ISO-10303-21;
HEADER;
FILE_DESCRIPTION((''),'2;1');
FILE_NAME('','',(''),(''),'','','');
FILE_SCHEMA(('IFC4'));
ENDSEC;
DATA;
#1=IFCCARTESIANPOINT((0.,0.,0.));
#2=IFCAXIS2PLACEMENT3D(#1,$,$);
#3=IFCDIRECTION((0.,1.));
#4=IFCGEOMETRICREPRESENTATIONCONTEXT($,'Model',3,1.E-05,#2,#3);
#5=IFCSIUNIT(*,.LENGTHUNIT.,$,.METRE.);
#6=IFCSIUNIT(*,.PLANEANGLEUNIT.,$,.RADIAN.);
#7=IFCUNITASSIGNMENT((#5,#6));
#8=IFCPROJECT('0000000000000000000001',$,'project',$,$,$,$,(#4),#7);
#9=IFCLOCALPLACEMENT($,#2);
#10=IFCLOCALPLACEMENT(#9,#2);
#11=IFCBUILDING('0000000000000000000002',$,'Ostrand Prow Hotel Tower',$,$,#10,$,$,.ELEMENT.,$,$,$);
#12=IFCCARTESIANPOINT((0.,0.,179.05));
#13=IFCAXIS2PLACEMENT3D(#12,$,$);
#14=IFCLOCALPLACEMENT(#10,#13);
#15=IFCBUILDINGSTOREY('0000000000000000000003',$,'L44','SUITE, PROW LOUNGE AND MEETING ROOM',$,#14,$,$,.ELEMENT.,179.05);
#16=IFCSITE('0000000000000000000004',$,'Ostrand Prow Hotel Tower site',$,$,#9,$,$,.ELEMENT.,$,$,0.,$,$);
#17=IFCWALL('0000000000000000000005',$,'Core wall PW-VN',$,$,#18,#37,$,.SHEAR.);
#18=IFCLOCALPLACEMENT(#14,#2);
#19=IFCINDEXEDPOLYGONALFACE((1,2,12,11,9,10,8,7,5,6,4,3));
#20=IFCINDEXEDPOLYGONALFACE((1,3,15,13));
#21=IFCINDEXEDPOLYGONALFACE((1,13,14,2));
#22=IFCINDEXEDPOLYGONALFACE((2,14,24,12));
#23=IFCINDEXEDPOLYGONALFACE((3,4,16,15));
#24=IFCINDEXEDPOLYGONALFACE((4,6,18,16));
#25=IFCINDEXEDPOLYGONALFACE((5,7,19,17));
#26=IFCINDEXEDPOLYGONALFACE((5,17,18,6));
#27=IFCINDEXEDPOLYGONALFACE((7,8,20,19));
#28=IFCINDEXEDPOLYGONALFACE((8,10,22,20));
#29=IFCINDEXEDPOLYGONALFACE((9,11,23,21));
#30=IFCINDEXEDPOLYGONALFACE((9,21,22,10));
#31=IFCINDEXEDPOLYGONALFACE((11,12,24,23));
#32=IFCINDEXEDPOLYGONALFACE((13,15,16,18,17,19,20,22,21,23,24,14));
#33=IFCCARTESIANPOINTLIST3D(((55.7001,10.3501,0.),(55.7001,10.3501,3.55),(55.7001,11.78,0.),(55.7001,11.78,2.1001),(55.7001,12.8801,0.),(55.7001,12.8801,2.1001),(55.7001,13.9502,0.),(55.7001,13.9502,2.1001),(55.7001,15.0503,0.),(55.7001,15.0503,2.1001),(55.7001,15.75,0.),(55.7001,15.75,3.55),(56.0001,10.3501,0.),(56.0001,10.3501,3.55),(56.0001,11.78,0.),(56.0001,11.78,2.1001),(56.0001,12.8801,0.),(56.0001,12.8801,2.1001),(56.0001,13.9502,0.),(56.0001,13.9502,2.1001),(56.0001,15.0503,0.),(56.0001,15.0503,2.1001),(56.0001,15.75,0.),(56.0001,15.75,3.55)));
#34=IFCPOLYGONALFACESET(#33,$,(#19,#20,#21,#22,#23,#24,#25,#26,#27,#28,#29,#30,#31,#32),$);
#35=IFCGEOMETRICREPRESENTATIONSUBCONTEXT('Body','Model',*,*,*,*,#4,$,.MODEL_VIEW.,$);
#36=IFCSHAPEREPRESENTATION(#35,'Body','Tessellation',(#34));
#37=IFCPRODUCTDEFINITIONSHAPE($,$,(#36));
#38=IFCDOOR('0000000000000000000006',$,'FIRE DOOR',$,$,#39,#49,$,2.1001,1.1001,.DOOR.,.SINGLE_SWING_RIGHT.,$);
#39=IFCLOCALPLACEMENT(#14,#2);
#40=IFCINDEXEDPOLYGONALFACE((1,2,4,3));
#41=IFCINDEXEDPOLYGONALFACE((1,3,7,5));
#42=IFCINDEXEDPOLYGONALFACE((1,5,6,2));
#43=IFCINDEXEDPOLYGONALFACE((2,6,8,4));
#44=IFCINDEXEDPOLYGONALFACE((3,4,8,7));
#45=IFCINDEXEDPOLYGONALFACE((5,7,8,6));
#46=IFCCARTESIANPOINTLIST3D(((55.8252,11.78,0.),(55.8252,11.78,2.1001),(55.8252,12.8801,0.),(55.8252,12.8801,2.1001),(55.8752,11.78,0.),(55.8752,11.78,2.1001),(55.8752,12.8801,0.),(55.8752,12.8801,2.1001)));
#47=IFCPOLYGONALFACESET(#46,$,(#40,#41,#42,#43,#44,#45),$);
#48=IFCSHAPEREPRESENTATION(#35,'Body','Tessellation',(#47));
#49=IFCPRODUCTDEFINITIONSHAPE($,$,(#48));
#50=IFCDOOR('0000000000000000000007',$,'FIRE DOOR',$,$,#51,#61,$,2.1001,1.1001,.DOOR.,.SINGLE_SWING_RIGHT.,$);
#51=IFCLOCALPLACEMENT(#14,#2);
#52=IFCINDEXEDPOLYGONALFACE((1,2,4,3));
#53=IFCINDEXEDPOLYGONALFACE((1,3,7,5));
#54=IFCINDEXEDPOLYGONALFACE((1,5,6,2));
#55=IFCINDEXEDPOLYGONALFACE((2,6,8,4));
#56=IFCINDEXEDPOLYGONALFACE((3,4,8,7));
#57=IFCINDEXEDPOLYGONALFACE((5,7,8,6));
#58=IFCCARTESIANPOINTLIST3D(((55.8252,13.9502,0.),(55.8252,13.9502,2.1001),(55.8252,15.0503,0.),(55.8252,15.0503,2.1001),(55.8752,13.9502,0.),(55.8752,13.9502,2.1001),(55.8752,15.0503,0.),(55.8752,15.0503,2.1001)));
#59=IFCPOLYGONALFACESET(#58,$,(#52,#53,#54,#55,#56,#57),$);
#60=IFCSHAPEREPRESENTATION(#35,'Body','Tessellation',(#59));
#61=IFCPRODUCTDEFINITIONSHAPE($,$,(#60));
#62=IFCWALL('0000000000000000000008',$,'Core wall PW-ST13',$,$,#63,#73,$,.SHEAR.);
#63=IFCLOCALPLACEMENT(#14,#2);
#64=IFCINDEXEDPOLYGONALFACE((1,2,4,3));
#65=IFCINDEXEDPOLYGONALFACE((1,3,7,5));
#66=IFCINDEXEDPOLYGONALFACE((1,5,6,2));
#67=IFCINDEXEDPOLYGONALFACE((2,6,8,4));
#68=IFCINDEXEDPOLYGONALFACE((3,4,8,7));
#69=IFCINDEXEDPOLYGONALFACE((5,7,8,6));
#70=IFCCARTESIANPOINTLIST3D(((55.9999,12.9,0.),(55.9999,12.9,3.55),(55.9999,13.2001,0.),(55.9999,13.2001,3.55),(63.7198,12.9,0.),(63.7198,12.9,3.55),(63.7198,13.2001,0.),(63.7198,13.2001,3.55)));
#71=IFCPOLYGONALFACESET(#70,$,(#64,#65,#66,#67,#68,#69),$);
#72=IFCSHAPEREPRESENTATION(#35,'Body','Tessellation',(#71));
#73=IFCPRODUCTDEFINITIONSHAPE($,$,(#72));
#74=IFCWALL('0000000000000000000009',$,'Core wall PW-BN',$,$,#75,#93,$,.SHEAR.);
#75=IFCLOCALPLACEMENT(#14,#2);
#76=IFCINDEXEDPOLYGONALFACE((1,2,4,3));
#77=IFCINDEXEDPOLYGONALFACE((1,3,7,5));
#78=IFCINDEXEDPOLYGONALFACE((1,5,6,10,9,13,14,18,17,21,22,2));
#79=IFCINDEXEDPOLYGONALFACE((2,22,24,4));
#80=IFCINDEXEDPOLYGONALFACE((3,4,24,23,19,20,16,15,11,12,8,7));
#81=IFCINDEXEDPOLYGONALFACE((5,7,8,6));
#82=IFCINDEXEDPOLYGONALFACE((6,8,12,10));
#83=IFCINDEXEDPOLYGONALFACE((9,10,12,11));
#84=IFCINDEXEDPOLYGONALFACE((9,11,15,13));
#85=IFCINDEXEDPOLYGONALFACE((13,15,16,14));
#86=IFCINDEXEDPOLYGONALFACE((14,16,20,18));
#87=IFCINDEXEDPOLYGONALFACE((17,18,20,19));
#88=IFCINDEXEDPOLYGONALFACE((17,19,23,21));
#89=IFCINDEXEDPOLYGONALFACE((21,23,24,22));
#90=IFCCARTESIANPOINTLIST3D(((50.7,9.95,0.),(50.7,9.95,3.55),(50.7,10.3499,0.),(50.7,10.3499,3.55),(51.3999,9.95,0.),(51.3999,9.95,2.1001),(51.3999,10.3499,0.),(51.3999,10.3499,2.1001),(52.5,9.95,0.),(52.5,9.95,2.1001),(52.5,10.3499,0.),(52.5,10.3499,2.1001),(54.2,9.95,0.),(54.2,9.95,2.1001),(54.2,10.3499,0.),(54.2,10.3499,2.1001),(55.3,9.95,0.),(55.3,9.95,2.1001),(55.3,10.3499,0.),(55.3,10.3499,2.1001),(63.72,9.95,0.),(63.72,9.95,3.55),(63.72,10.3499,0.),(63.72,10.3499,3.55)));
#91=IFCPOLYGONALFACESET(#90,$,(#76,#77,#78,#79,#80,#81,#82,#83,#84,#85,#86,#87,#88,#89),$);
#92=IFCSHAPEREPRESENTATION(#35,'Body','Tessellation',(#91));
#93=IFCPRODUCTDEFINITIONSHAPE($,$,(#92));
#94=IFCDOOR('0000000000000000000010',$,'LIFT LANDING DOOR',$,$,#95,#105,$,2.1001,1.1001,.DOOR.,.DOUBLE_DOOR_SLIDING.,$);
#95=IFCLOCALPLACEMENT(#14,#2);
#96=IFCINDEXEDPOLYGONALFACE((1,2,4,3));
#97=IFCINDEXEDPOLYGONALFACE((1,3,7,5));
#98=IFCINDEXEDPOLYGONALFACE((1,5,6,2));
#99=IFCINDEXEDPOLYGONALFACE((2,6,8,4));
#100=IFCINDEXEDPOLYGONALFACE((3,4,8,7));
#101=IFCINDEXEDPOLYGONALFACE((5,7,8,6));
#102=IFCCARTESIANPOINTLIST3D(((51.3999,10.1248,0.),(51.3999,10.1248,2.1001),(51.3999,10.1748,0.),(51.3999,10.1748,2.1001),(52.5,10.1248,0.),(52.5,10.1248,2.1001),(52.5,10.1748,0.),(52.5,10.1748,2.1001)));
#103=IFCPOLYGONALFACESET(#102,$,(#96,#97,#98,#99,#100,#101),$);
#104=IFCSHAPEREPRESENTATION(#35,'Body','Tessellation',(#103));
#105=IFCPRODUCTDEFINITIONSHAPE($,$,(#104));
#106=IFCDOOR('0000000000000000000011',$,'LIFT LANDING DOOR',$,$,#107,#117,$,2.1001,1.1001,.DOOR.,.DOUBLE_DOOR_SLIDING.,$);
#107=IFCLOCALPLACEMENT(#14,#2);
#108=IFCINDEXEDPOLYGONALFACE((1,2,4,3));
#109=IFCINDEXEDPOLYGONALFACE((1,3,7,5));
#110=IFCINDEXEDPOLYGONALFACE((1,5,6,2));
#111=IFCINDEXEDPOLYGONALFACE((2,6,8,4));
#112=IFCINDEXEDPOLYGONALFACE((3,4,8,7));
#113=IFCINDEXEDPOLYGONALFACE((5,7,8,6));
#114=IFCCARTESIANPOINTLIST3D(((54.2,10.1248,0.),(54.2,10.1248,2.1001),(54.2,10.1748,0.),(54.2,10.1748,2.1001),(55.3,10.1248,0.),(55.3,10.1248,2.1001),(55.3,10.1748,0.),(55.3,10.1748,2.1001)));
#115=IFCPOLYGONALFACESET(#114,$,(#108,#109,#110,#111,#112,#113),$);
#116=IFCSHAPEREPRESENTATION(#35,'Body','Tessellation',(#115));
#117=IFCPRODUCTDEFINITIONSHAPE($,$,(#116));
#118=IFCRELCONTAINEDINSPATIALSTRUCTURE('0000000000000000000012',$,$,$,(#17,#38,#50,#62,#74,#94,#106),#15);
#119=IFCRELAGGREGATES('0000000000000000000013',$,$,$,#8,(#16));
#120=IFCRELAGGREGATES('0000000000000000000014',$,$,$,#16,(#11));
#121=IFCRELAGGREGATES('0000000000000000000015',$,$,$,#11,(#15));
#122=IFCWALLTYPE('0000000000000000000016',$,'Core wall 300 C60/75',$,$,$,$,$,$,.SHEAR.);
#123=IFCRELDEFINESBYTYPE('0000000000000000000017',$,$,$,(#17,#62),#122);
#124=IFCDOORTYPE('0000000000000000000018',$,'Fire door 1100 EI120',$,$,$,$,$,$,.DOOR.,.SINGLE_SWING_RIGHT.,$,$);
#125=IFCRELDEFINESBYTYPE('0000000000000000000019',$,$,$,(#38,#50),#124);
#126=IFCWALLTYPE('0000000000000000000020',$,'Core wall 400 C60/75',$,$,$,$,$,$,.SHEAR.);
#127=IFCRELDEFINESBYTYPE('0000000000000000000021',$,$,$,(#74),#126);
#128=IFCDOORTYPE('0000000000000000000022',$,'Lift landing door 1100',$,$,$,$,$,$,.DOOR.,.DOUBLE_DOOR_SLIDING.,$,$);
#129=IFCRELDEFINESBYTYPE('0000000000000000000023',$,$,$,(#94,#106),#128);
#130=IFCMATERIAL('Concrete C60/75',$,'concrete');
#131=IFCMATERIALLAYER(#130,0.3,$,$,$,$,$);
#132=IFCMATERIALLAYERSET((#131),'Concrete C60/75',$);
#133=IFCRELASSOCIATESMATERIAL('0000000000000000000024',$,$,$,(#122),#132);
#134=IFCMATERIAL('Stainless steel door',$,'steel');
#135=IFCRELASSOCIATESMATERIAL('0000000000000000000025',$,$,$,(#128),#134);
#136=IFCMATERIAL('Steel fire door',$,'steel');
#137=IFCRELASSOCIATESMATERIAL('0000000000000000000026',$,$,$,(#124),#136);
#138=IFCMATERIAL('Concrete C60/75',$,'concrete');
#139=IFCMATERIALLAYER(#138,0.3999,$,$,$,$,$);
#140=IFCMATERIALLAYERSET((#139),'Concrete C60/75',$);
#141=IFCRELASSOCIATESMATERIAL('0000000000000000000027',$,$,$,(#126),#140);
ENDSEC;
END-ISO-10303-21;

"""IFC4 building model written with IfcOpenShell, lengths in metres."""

from ifc_helpers import new_model, si_unit, direction, frame, frame_2d, origin, place, context, subcontext, project, spatial, rectangle, extrude, material, layer, layer_set, type_object, element, fill, save


model = new_model("IFC4")

# Units and contexts
model_context = context("Model", 3, precision=1e-05, world=origin(), true_north=direction((0.0, 1.0)))
body_context = subcontext(model_context, "Body", "Model", "MODEL_VIEW")
ifc_project = project(units=[si_unit("LENGTHUNIT", "METRE"), si_unit("PLANEANGLEUNIT", "RADIAN")], contexts=[model_context])

# Site, building, storey
site_placement = place(None, origin())
site = spatial("IfcSite", under=ifc_project, at=site_placement, Name="Ostrand Prow Hotel Tower site", CompositionType="ELEMENT", RefElevation=0.0)
building_placement = place(site_placement, origin())
building = spatial("IfcBuilding", under=site, at=building_placement, Name="Ostrand Prow Hotel Tower", CompositionType="ELEMENT")
storey_placement = place(building_placement, frame((0.0, 0.0, 179.05)))
storey = spatial("IfcBuildingStorey", under=building, at=storey_placement, Name="L44", Description="SUITE, PROW LOUNGE AND MEETING ROOM", CompositionType="ELEMENT", Elevation=179.05)

# Shared definitions
ifc_material_1 = material(Name="Concrete C60/75", Category="concrete")
ifc_layer_1 = layer(ifc_material_1, 0.3)
ifc_layer_set_1 = layer_set([ifc_layer_1], Name="Concrete C60/75")
wall_type_1 = type_object("IfcWallType", Name="Core wall 300 C60/75", PredefinedType="SHEAR", material=ifc_layer_set_1)
ifc_material_2 = material(Name="Stainless steel door", Category="steel")
door_type_1 = type_object("IfcDoorType", Name="Lift landing door 1100", OperationType="DOUBLE_DOOR_SLIDING", PredefinedType="DOOR", material=ifc_material_2)

# Wall, openings, doors
wall_1_placement = place(storey_placement, frame((55.8501, 10.3501, 0.0), z_axis=(0.0, 0.0, 1.0), x_axis=(0.0, 1.0, 0.0)))
wall_1 = element("IfcWall", 1, at=wall_1_placement, inside=storey, type_object=wall_type_1, Name="Core wall PW-VN", PredefinedType="SHEAR", context=body_context, shape_type="SweptSolid", body=[
    extrude(rectangle(XDim=5.3999, YDim=0.3, at=frame_2d((2.7, 0.0))), origin(), (0.0, 0.0, 1.0), 3.55),
])
opening_1_placement = place(wall_1_placement, frame((1.4299, 0.0, 0.0)))
opening_1 = element("IfcOpeningElement", 2, at=opening_1_placement, cuts=wall_1, PredefinedType="OPENING", context=body_context, shape_type="SweptSolid", body=[
    extrude(rectangle(XDim=1.1001, YDim=2.1001, at=frame_2d((0.55, 1.05))), frame((0.0, 0.1599, 0.0), z_axis=(0.0, -1.0, 0.0), x_axis=(1.0, 0.0, 0.0)), (0.0, 0.0, 1.0), 0.3201),
])
opening_2_placement = place(wall_1_placement, frame((3.6001, 0.0, 0.0)))
opening_2 = element("IfcOpeningElement", 3, at=opening_2_placement, cuts=wall_1, PredefinedType="OPENING", context=body_context, shape_type="SweptSolid", body=[
    extrude(rectangle(XDim=1.1001, YDim=2.1001, at=frame_2d((0.55, 1.05))), frame((0.0, 0.1599, 0.0), z_axis=(0.0, -1.0, 0.0), x_axis=(1.0, 0.0, 0.0)), (0.0, 0.0, 1.0), 0.3201),
])
ifc_material_3 = material(Name="Steel fire door", Category="steel")
door_type_2 = type_object("IfcDoorType", Name="Fire door 1100 EI120", OperationType="SINGLE_SWING_RIGHT", PredefinedType="DOOR", material=ifc_material_3)
door_1_placement = place(opening_1_placement, origin())
door_1 = element("IfcDoor", 4, at=door_1_placement, inside=storey, type_object=door_type_2, Name="FIRE DOOR", OperationType="SINGLE_SWING_RIGHT", OverallHeight=2.1001, OverallWidth=1.1001, PredefinedType="DOOR", context=body_context, shape_type="SweptSolid", body=[
    extrude(rectangle(XDim=1.1001, YDim=2.1001, at=frame_2d((0.55, 1.05))), frame((0.0, 0.0249, 0.0), z_axis=(0.0, -1.0, 0.0), x_axis=(1.0, 0.0, 0.0)), (0.0, 0.0, 1.0), 0.05),
])
fill(opening_1, door_1)
door_2_placement = place(opening_2_placement, origin())
door_2 = element("IfcDoor", 5, at=door_2_placement, inside=storey, type_object=door_type_2, Name="FIRE DOOR", OperationType="SINGLE_SWING_RIGHT", OverallHeight=2.1001, OverallWidth=1.1001, PredefinedType="DOOR", context=body_context, shape_type="SweptSolid", body=[
    extrude(rectangle(XDim=1.1001, YDim=2.1001, at=frame_2d((0.55, 1.05))), frame((0.0, 0.0249, 0.0), z_axis=(0.0, -1.0, 0.0), x_axis=(1.0, 0.0, 0.0)), (0.0, 0.0, 1.0), 0.05),
])
fill(opening_2, door_2)

# Wall
wall_2_placement = place(storey_placement, frame((56.0, 13.05, 0.0), z_axis=(0.0, 0.0, 1.0), x_axis=(1.0, 0.0, 0.0)))
element("IfcWall", 6, at=wall_2_placement, inside=storey, type_object=wall_type_1, Name="Core wall PW-ST13", PredefinedType="SHEAR", context=body_context, shape_type="SweptSolid", body=[
    extrude(rectangle(XDim=7.72, YDim=0.3, at=frame_2d((3.8599, 0.0))), origin(), (0.0, 0.0, 1.0), 3.55),
])

# Wall, openings, doors
ifc_material_4 = material(Name="Concrete C60/75", Category="concrete")
ifc_layer_2 = layer(ifc_material_4, 0.3999)
ifc_layer_set_2 = layer_set([ifc_layer_2], Name="Concrete C60/75")
wall_type_2 = type_object("IfcWallType", Name="Core wall 400 C60/75", PredefinedType="SHEAR", material=ifc_layer_set_2)
wall_3_placement = place(storey_placement, frame((50.7, 10.1499, 0.0), z_axis=(0.0, 0.0, 1.0), x_axis=(1.0, 0.0, 0.0)))
wall_3 = element("IfcWall", 7, at=wall_3_placement, inside=storey, type_object=wall_type_2, Name="Core wall PW-BN", PredefinedType="SHEAR", context=body_context, shape_type="SweptSolid", body=[
    extrude(rectangle(XDim=13.02, YDim=0.3999, at=frame_2d((6.51, 0.0))), origin(), (0.0, 0.0, 1.0), 3.55),
])
opening_3_placement = place(wall_3_placement, frame((0.7, 0.0, 0.0)))
opening_3 = element("IfcOpeningElement", 8, at=opening_3_placement, cuts=wall_3, PredefinedType="OPENING", context=body_context, shape_type="SweptSolid", body=[
    extrude(rectangle(XDim=1.1001, YDim=2.1001, at=frame_2d((0.55, 1.05))), frame((0.0, 0.21, 0.0), z_axis=(0.0, -1.0, 0.0), x_axis=(1.0, 0.0, 0.0)), (0.0, 0.0, 1.0), 0.4199),
])
opening_4_placement = place(wall_3_placement, frame((3.5, 0.0, 0.0)))
opening_4 = element("IfcOpeningElement", 9, at=opening_4_placement, cuts=wall_3, PredefinedType="OPENING", context=body_context, shape_type="SweptSolid", body=[
    extrude(rectangle(XDim=1.1001, YDim=2.1001, at=frame_2d((0.55, 1.05))), frame((0.0, 0.21, 0.0), z_axis=(0.0, -1.0, 0.0), x_axis=(1.0, 0.0, 0.0)), (0.0, 0.0, 1.0), 0.4199),
])
door_3_placement = place(opening_3_placement, origin())
door_3 = element("IfcDoor", 10, at=door_3_placement, inside=storey, type_object=door_type_1, Name="LIFT LANDING DOOR", OperationType="DOUBLE_DOOR_SLIDING", OverallHeight=2.1001, OverallWidth=1.1001, PredefinedType="DOOR", context=body_context, shape_type="SweptSolid", body=[
    extrude(rectangle(XDim=1.1001, YDim=2.1001, at=frame_2d((0.55, 1.05))), frame((0.0, 0.0249, 0.0), z_axis=(0.0, -1.0, 0.0), x_axis=(1.0, 0.0, 0.0)), (0.0, 0.0, 1.0), 0.05),
])
fill(opening_3, door_3)
door_4_placement = place(opening_4_placement, origin())
door_4 = element("IfcDoor", 11, at=door_4_placement, inside=storey, type_object=door_type_1, Name="LIFT LANDING DOOR", OperationType="DOUBLE_DOOR_SLIDING", OverallHeight=2.1001, OverallWidth=1.1001, PredefinedType="DOOR", context=body_context, shape_type="SweptSolid", body=[
    extrude(rectangle(XDim=1.1001, YDim=2.1001, at=frame_2d((0.55, 1.05))), frame((0.0, 0.0249, 0.0), z_axis=(0.0, -1.0, 0.0), x_axis=(1.0, 0.0, 0.0)), (0.0, 0.0, 1.0), 0.05),
])
fill(opening_4, door_4)

save(model, "model.ifc")
